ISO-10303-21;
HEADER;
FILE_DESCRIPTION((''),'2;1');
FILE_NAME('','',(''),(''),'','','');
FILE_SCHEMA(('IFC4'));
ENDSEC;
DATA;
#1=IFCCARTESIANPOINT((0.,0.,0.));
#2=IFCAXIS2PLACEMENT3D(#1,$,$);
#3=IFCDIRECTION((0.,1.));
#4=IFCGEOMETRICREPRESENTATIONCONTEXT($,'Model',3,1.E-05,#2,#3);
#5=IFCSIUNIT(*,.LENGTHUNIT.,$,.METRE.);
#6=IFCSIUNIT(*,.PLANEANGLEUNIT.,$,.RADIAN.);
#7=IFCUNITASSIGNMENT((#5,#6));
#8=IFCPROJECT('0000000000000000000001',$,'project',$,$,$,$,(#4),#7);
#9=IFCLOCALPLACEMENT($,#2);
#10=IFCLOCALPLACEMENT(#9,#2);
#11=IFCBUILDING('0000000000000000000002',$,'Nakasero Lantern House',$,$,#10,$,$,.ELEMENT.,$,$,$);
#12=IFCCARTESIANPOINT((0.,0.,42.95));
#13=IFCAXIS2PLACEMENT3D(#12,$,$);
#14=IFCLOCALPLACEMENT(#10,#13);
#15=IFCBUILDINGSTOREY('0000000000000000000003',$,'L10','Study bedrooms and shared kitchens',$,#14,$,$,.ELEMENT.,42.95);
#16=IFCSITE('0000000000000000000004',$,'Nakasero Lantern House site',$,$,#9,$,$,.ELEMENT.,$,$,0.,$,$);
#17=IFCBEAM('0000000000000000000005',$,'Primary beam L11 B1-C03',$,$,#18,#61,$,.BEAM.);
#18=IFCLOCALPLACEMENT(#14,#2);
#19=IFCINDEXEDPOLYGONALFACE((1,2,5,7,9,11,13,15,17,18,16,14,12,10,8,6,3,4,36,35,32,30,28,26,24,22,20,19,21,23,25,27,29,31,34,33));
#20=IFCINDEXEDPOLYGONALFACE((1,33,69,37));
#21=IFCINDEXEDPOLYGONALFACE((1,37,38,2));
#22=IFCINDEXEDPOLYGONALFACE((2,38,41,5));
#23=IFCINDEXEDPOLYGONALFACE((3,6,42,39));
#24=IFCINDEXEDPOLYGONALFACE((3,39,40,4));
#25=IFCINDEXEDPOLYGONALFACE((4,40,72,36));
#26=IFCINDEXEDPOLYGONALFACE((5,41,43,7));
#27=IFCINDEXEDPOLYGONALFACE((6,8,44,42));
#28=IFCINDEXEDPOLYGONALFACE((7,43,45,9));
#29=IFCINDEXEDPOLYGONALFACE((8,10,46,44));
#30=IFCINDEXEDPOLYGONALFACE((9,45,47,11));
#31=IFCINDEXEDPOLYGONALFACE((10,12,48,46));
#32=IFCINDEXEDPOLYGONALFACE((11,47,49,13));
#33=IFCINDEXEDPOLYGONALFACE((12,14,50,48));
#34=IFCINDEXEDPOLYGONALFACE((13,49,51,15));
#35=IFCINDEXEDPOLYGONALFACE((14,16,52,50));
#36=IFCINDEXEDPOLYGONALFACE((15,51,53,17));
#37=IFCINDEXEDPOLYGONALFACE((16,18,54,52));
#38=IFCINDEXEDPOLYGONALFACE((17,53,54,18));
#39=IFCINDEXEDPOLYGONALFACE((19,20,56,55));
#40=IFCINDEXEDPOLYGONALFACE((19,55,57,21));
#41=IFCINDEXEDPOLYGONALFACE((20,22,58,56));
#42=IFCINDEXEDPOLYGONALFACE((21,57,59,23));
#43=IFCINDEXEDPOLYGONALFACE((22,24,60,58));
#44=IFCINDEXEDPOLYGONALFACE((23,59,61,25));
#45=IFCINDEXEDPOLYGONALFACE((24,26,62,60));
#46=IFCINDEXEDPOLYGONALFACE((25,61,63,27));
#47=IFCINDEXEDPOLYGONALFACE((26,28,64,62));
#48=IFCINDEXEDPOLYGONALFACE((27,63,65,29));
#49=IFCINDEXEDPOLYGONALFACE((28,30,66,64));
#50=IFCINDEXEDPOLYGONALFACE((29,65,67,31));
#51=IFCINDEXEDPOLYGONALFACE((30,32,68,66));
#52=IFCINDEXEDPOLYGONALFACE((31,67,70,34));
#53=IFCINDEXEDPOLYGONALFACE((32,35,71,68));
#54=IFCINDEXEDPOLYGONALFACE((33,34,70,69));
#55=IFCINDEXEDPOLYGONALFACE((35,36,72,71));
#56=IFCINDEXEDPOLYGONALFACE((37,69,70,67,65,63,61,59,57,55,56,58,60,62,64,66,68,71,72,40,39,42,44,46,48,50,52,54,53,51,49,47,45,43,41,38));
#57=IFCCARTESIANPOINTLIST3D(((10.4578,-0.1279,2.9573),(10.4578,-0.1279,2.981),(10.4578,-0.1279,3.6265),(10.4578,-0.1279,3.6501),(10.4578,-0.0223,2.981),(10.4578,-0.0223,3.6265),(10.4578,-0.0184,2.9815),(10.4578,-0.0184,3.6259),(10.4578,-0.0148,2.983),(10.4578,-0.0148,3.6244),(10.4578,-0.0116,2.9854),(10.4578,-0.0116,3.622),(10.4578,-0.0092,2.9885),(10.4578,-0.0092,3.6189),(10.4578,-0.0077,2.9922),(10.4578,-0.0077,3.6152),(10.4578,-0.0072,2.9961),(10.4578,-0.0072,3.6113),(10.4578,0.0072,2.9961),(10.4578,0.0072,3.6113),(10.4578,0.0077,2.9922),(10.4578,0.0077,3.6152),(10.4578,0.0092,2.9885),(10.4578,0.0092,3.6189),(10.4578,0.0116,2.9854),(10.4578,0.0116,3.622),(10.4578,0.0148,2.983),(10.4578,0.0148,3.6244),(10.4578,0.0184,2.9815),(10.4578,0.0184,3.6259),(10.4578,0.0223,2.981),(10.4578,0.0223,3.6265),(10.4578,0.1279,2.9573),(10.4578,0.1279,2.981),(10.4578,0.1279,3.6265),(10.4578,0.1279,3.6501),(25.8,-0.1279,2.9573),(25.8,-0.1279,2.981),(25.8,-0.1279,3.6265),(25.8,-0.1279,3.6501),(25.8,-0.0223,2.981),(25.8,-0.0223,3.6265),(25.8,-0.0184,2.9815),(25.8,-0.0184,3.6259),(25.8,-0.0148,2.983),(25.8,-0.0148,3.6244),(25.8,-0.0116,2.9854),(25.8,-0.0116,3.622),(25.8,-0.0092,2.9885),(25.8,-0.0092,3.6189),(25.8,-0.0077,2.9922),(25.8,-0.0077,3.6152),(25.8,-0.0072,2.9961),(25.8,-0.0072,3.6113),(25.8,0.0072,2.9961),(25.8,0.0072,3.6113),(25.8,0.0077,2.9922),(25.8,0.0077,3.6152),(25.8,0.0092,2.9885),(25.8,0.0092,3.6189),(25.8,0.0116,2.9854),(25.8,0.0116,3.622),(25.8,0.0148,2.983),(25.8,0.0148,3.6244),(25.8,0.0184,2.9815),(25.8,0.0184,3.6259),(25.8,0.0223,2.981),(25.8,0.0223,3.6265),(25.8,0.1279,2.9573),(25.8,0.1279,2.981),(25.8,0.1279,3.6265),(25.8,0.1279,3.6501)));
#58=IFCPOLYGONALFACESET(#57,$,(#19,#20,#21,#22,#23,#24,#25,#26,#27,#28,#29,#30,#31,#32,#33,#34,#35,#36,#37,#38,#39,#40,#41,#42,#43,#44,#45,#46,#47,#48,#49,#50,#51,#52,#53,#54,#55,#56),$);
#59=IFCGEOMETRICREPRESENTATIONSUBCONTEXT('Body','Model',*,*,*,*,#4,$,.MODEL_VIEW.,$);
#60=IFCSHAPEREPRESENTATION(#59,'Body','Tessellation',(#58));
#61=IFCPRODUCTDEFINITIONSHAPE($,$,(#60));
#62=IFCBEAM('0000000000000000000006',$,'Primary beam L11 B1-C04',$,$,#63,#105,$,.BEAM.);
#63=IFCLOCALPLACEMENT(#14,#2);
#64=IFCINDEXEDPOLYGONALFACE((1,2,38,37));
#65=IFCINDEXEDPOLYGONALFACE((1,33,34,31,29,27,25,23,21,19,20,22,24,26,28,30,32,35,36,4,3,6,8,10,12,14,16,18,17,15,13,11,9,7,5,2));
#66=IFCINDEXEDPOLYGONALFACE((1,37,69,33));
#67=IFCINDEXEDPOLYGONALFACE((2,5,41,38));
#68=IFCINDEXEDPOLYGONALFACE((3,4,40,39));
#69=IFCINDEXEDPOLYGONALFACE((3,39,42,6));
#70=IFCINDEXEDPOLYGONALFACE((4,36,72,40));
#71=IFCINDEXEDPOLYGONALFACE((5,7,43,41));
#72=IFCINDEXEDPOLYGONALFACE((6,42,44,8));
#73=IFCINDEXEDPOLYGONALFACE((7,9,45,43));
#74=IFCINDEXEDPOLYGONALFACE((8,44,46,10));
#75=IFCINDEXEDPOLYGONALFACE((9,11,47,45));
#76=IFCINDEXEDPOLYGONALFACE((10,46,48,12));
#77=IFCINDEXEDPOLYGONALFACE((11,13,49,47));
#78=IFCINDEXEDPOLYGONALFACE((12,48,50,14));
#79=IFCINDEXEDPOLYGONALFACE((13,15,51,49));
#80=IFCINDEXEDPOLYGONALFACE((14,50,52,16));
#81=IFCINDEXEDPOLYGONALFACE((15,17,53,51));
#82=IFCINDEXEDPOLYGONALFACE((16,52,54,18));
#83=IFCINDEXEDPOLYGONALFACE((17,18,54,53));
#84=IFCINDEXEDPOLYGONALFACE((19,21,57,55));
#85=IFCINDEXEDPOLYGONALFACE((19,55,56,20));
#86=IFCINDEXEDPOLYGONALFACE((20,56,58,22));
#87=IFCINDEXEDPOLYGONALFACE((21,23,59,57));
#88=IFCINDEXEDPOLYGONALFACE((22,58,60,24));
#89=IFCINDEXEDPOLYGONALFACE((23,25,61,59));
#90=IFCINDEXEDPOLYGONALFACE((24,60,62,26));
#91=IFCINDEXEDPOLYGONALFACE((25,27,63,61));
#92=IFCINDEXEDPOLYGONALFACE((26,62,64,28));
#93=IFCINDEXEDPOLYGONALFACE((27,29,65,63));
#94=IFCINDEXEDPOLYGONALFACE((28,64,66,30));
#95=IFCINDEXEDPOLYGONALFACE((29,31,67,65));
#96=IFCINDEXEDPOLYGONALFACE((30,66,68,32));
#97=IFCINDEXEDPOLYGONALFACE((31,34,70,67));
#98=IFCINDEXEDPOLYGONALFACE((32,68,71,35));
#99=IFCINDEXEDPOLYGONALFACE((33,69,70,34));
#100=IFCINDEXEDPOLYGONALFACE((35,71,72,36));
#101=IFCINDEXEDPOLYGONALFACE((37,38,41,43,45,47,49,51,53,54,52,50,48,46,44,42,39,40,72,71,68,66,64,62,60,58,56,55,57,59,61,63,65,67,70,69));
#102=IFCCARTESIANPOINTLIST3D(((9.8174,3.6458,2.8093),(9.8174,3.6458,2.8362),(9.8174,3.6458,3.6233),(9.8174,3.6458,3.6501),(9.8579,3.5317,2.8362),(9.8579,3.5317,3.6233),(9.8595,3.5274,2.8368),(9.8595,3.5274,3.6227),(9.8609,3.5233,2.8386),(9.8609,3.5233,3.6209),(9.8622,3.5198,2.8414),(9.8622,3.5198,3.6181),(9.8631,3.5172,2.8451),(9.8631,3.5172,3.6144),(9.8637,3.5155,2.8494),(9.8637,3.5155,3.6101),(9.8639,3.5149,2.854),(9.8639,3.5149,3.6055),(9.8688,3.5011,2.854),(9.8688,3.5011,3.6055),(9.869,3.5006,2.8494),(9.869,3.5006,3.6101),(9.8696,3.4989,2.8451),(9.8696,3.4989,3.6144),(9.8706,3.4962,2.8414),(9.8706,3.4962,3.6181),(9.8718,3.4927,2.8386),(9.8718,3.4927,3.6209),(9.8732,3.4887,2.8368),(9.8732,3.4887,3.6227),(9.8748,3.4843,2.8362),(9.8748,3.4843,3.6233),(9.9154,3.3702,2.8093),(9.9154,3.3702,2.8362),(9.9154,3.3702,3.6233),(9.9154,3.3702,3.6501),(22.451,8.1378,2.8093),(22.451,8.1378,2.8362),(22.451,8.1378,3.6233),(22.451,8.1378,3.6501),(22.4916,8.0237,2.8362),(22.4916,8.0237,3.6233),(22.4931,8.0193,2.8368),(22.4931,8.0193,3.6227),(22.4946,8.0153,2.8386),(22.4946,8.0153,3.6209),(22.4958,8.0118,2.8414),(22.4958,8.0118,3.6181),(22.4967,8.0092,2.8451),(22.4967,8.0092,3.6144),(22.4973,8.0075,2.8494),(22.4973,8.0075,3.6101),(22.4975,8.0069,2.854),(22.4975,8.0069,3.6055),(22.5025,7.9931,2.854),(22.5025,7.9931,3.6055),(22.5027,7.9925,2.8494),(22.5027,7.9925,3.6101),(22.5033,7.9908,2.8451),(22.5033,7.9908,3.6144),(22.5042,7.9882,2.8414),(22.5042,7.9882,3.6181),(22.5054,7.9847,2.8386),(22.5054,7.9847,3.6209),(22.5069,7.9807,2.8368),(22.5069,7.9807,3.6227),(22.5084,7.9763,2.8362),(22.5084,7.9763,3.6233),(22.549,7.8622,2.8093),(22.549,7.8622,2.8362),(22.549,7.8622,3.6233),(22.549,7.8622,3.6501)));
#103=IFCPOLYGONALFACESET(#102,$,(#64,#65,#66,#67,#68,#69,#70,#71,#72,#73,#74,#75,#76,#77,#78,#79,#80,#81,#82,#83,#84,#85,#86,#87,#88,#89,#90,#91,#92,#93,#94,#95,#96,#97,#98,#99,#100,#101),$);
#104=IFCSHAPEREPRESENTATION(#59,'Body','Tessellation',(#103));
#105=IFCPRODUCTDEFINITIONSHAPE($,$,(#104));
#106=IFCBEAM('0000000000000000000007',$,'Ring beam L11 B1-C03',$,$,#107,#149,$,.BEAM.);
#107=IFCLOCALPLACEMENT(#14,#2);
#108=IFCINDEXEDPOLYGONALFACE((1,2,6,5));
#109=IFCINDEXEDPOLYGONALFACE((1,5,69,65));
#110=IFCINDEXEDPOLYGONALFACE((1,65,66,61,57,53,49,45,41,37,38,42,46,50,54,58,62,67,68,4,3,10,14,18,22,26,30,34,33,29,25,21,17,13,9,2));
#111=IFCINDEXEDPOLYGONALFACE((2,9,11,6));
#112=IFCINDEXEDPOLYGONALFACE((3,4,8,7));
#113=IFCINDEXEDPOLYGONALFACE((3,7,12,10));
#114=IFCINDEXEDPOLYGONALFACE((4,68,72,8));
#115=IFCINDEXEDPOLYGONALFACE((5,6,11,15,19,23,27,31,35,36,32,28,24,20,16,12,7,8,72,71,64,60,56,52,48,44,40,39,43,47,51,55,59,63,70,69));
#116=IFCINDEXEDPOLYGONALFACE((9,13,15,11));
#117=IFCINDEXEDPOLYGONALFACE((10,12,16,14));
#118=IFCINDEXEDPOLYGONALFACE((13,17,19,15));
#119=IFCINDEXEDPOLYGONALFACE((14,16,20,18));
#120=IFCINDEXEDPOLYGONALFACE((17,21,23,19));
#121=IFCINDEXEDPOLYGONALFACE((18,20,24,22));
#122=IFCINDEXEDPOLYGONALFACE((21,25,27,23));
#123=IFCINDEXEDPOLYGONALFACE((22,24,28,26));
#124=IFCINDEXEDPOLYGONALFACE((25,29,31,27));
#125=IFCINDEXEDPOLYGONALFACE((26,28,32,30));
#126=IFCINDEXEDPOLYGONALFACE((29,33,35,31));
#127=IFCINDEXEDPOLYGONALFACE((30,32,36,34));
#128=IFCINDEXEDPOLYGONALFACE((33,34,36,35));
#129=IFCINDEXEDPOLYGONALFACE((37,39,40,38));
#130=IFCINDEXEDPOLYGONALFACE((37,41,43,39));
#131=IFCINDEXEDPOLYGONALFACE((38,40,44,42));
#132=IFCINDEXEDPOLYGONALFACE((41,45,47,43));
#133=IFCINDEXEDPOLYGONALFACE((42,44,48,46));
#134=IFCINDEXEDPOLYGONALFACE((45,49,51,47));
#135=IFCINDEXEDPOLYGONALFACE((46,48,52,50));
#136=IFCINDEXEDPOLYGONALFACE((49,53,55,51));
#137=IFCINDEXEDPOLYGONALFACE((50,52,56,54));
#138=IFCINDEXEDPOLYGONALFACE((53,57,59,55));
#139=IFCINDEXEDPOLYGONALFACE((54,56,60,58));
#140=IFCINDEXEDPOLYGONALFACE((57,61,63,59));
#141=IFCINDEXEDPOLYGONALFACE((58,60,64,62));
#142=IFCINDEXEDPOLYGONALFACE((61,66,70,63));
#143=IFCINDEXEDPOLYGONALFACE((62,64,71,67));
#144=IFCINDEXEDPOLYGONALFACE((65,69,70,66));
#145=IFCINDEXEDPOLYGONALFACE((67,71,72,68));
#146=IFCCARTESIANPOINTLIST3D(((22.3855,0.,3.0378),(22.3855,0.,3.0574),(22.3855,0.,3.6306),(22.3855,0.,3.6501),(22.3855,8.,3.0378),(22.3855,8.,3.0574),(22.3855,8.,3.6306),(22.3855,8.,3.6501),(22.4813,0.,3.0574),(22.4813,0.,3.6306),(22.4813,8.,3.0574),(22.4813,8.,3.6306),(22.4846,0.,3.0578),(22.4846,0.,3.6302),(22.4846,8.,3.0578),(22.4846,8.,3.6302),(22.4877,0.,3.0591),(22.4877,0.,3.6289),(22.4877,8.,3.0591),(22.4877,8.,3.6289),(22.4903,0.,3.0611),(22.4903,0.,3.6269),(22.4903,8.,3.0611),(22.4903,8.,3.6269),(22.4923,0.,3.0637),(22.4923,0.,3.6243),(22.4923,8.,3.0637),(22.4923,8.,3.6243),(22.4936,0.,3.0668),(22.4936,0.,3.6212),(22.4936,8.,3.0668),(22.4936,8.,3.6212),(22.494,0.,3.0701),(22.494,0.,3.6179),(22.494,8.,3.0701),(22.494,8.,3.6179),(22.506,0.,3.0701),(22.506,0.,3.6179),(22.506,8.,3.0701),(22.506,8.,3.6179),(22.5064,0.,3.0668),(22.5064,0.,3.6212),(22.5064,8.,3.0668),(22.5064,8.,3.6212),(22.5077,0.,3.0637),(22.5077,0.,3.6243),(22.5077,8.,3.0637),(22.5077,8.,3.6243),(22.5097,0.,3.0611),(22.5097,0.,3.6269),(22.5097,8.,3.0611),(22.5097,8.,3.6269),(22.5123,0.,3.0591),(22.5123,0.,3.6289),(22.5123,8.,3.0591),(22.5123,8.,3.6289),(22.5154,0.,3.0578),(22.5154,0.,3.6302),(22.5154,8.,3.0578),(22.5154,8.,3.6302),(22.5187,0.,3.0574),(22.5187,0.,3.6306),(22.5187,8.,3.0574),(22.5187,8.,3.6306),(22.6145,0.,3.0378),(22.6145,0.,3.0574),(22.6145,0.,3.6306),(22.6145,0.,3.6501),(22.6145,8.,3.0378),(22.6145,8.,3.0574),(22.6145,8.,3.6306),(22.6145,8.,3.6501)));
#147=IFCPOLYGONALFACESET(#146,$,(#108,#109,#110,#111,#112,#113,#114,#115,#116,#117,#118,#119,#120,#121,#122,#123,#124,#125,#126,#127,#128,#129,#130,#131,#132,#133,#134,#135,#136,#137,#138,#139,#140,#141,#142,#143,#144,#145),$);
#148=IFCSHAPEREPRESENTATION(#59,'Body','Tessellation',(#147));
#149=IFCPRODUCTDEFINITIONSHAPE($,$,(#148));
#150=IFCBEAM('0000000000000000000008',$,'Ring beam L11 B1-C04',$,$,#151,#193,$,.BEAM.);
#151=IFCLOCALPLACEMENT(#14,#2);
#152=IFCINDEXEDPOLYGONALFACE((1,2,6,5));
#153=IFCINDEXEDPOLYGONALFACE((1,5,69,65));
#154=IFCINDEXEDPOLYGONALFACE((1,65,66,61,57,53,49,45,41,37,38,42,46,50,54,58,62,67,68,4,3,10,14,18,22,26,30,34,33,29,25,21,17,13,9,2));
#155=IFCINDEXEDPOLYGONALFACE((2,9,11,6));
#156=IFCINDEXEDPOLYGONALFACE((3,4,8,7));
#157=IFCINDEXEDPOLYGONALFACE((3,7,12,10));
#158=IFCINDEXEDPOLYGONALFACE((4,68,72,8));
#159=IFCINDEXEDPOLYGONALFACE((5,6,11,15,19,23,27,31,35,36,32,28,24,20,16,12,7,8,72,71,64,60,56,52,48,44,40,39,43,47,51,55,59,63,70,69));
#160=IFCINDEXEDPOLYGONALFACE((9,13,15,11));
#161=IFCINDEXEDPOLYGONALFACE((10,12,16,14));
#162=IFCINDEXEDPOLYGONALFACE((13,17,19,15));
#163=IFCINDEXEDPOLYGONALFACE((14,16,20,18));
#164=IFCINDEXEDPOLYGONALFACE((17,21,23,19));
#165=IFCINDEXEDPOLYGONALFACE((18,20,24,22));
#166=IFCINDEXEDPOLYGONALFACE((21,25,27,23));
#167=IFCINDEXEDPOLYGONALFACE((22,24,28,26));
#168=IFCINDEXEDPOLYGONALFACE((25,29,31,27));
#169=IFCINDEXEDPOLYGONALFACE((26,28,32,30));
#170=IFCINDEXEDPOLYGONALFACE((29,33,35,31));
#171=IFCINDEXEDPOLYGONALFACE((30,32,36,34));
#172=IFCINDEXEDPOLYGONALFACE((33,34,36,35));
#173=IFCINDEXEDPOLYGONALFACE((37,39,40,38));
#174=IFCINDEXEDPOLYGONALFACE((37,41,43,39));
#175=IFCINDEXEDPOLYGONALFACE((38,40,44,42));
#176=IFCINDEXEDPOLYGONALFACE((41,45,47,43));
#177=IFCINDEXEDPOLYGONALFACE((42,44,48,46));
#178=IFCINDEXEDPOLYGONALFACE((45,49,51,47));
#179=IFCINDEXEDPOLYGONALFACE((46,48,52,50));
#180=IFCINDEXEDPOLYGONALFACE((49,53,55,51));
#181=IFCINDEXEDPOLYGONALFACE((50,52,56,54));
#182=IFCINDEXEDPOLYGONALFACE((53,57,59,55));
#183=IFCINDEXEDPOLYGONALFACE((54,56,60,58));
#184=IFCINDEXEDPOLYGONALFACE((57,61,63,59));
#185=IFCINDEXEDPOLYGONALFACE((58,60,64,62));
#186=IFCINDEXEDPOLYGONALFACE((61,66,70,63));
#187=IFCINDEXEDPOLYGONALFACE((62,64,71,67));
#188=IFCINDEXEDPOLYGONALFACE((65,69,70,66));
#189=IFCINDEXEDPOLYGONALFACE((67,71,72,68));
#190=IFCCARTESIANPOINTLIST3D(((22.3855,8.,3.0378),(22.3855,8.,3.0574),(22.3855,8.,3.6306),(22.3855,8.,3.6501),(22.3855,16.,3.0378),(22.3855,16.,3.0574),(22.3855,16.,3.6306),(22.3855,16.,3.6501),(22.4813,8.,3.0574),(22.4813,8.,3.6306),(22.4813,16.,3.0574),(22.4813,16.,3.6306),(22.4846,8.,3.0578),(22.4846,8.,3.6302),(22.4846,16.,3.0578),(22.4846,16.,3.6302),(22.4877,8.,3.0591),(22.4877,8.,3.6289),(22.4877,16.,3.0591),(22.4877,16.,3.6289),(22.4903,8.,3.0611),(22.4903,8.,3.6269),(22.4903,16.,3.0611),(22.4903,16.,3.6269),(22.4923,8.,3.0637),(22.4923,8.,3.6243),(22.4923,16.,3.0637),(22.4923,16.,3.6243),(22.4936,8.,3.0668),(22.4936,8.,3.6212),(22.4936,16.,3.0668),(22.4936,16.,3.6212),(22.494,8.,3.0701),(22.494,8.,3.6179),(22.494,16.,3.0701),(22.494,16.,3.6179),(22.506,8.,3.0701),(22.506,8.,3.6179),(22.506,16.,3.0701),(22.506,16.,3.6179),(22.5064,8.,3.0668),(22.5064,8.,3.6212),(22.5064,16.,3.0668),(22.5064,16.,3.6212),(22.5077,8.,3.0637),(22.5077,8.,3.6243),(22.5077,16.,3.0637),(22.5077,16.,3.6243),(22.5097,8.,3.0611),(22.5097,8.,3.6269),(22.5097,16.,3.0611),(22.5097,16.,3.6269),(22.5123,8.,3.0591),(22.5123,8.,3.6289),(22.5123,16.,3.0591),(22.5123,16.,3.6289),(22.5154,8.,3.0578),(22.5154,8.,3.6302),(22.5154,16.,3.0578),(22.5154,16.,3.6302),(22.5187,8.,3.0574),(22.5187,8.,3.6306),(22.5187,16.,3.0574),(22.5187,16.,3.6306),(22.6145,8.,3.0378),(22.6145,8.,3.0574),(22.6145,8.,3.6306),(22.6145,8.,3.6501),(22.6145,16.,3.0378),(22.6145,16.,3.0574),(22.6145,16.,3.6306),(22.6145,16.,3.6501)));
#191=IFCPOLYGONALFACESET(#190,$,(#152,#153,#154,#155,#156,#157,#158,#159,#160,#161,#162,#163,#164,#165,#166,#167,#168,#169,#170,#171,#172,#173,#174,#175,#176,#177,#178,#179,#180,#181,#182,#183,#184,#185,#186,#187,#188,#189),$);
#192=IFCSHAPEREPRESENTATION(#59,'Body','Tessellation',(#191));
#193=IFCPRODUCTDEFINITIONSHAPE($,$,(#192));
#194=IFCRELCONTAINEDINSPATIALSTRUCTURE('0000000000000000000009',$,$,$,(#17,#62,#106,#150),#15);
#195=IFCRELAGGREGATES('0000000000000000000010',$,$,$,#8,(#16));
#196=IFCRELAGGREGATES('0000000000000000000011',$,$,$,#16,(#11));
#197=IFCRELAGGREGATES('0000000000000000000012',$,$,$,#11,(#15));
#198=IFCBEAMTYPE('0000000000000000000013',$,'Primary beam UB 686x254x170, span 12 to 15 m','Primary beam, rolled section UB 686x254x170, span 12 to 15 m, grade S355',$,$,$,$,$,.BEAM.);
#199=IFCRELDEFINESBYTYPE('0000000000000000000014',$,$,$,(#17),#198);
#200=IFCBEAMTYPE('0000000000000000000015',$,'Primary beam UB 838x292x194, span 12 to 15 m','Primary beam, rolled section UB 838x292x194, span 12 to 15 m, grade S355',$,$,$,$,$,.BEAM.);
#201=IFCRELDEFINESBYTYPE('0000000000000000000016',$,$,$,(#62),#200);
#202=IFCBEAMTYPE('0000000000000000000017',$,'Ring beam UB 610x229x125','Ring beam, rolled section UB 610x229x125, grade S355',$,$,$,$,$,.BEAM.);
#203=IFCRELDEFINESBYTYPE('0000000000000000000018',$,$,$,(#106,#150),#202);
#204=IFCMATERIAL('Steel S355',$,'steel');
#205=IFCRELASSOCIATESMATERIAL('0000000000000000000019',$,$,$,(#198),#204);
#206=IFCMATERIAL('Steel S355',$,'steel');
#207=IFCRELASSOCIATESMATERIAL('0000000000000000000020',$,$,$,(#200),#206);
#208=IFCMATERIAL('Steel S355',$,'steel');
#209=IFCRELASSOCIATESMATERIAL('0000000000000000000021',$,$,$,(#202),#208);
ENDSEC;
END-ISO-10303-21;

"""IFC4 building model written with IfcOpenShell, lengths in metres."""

from ifc_helpers import new_model, si_unit, direction, frame, origin, origin_2d, place, context, subcontext, project, spatial, i_section, extrude, material, material_profile, profile_set, type_object, element, save


model = new_model("IFC4")

# Units and contexts
model_context = context("Model", 3, precision=1e-05, world=origin(), true_north=direction((0.0, 1.0)))
body_context = subcontext(model_context, "Body", "Model", "MODEL_VIEW")
ifc_project = project(units=[si_unit("LENGTHUNIT", "METRE"), si_unit("PLANEANGLEUNIT", "RADIAN")], contexts=[model_context])

# Site, building, storey
site_placement = place(None, origin())
site = spatial("IfcSite", under=ifc_project, at=site_placement, Name="Nakasero Lantern House site", CompositionType="ELEMENT", RefElevation=0.0)
building_placement = place(site_placement, origin())
building = spatial("IfcBuilding", under=site, at=building_placement, Name="Nakasero Lantern House", CompositionType="ELEMENT")
storey_placement = place(building_placement, frame((0.0, 0.0, 42.95)))
storey = spatial("IfcBuildingStorey", under=building, at=storey_placement, Name="L10", Description="Study bedrooms and shared kitchens", CompositionType="ELEMENT", Elevation=42.95)

# Beams
ifc_material_1 = material(Name="Steel S355", Category="steel")
ifc_material_profile_1 = material_profile(ifc_material_1, i_section(OverallWidth=0.2559, OverallDepth=0.6929, WebThickness=0.0144, FlangeThickness=0.0237, FilletRadius=0.0151, at=origin_2d()), Name="UB 686x254x170")
ifc_profile_set_1 = profile_set([ifc_material_profile_1], Name="Steel S355")
beam_type_1 = type_object("IfcBeamType", Name="Primary beam UB 686x254x170, span 12 to 15 m", Description="Primary beam, rolled section UB 686x254x170, span 12 to 15 m, grade S355", PredefinedType="BEAM", material=ifc_profile_set_1)
beam_1_placement = place(storey_placement, frame((25.8, 0.0, 3.3037), z_axis=(-1.0, 0.0, 0.0), x_axis=(0.0, -1.0, 0.0)))
element("IfcBeam", 1, at=beam_1_placement, inside=storey, type_object=beam_type_1, Name="Primary beam L11 B1-C03", PredefinedType="BEAM", context=body_context, shape_type="SweptSolid", body=[
    extrude(i_section(OverallWidth=0.2559, OverallDepth=0.6929, WebThickness=0.0144, FlangeThickness=0.0237, FilletRadius=0.0151, at=origin_2d()), origin(), (0.0, 0.0, 1.0), 15.3423),
])
ifc_material_2 = material(Name="Steel S355", Category="steel")
ifc_material_profile_2 = material_profile(ifc_material_2, i_section(OverallWidth=0.2925, OverallDepth=0.8408, WebThickness=0.0146, FlangeThickness=0.0269, FilletRadius=0.0178, at=origin_2d()), Name="UB 838x292x194")
ifc_profile_set_2 = profile_set([ifc_material_profile_2], Name="Steel S355")
beam_type_2 = type_object("IfcBeamType", Name="Primary beam UB 838x292x194, span 12 to 15 m", Description="Primary beam, rolled section UB 838x292x194, span 12 to 15 m, grade S355", PredefinedType="BEAM", material=ifc_profile_set_2)
beam_2_placement = place(storey_placement, frame((22.5, 8.0, 3.2297), z_axis=(-0.942214, -0.335011, 0.0), x_axis=(0.335011, -0.942214, 0.0)))
element("IfcBeam", 2, at=beam_2_placement, inside=storey, type_object=beam_type_2, Name="Primary beam L11 B1-C04", PredefinedType="BEAM", context=body_context, shape_type="SweptSolid", body=[
    extrude(i_section(OverallWidth=0.2925, OverallDepth=0.8408, WebThickness=0.0146, FlangeThickness=0.0269, FilletRadius=0.0178, at=origin_2d()), origin(), (0.0, 0.0, 1.0), 13.4084),
])
ifc_material_3 = material(Name="Steel S355", Category="steel")
ifc_material_profile_3 = material_profile(ifc_material_3, i_section(OverallWidth=0.229, OverallDepth=0.6123, WebThickness=0.012, FlangeThickness=0.0195, FilletRadius=0.0127, at=origin_2d()), Name="UB 610x229x125")
ifc_profile_set_3 = profile_set([ifc_material_profile_3], Name="Steel S355")
beam_type_3 = type_object("IfcBeamType", Name="Ring beam UB 610x229x125", Description="Ring beam, rolled section UB 610x229x125, grade S355", PredefinedType="BEAM", material=ifc_profile_set_3)
for number, where, z_axis, x_axis, name in (
    (3, (22.5, 0.0, 3.344), (0.0, 1.0, 0.0), (-1.0, 0.0, 0.0), "Ring beam L11 B1-C03"),
    (4, (22.5, 8.0, 3.344), (0.0, 1.0, 0.0), (-1.0, 0.0, 0.0), "Ring beam L11 B1-C04"),
):
    element("IfcBeam", number, at=place(storey_placement, frame(where, z_axis=z_axis, x_axis=x_axis)), inside=storey, type_object=beam_type_3, Name=name, PredefinedType="BEAM", context=body_context, shape_type="SweptSolid", body=[
        extrude(i_section(OverallWidth=0.229, OverallDepth=0.6123, WebThickness=0.012, FlangeThickness=0.0195, FilletRadius=0.0127, at=origin_2d()), origin(), (0.0, 0.0, 1.0), 8.0),
    ])

save(model, "model.ifc")
